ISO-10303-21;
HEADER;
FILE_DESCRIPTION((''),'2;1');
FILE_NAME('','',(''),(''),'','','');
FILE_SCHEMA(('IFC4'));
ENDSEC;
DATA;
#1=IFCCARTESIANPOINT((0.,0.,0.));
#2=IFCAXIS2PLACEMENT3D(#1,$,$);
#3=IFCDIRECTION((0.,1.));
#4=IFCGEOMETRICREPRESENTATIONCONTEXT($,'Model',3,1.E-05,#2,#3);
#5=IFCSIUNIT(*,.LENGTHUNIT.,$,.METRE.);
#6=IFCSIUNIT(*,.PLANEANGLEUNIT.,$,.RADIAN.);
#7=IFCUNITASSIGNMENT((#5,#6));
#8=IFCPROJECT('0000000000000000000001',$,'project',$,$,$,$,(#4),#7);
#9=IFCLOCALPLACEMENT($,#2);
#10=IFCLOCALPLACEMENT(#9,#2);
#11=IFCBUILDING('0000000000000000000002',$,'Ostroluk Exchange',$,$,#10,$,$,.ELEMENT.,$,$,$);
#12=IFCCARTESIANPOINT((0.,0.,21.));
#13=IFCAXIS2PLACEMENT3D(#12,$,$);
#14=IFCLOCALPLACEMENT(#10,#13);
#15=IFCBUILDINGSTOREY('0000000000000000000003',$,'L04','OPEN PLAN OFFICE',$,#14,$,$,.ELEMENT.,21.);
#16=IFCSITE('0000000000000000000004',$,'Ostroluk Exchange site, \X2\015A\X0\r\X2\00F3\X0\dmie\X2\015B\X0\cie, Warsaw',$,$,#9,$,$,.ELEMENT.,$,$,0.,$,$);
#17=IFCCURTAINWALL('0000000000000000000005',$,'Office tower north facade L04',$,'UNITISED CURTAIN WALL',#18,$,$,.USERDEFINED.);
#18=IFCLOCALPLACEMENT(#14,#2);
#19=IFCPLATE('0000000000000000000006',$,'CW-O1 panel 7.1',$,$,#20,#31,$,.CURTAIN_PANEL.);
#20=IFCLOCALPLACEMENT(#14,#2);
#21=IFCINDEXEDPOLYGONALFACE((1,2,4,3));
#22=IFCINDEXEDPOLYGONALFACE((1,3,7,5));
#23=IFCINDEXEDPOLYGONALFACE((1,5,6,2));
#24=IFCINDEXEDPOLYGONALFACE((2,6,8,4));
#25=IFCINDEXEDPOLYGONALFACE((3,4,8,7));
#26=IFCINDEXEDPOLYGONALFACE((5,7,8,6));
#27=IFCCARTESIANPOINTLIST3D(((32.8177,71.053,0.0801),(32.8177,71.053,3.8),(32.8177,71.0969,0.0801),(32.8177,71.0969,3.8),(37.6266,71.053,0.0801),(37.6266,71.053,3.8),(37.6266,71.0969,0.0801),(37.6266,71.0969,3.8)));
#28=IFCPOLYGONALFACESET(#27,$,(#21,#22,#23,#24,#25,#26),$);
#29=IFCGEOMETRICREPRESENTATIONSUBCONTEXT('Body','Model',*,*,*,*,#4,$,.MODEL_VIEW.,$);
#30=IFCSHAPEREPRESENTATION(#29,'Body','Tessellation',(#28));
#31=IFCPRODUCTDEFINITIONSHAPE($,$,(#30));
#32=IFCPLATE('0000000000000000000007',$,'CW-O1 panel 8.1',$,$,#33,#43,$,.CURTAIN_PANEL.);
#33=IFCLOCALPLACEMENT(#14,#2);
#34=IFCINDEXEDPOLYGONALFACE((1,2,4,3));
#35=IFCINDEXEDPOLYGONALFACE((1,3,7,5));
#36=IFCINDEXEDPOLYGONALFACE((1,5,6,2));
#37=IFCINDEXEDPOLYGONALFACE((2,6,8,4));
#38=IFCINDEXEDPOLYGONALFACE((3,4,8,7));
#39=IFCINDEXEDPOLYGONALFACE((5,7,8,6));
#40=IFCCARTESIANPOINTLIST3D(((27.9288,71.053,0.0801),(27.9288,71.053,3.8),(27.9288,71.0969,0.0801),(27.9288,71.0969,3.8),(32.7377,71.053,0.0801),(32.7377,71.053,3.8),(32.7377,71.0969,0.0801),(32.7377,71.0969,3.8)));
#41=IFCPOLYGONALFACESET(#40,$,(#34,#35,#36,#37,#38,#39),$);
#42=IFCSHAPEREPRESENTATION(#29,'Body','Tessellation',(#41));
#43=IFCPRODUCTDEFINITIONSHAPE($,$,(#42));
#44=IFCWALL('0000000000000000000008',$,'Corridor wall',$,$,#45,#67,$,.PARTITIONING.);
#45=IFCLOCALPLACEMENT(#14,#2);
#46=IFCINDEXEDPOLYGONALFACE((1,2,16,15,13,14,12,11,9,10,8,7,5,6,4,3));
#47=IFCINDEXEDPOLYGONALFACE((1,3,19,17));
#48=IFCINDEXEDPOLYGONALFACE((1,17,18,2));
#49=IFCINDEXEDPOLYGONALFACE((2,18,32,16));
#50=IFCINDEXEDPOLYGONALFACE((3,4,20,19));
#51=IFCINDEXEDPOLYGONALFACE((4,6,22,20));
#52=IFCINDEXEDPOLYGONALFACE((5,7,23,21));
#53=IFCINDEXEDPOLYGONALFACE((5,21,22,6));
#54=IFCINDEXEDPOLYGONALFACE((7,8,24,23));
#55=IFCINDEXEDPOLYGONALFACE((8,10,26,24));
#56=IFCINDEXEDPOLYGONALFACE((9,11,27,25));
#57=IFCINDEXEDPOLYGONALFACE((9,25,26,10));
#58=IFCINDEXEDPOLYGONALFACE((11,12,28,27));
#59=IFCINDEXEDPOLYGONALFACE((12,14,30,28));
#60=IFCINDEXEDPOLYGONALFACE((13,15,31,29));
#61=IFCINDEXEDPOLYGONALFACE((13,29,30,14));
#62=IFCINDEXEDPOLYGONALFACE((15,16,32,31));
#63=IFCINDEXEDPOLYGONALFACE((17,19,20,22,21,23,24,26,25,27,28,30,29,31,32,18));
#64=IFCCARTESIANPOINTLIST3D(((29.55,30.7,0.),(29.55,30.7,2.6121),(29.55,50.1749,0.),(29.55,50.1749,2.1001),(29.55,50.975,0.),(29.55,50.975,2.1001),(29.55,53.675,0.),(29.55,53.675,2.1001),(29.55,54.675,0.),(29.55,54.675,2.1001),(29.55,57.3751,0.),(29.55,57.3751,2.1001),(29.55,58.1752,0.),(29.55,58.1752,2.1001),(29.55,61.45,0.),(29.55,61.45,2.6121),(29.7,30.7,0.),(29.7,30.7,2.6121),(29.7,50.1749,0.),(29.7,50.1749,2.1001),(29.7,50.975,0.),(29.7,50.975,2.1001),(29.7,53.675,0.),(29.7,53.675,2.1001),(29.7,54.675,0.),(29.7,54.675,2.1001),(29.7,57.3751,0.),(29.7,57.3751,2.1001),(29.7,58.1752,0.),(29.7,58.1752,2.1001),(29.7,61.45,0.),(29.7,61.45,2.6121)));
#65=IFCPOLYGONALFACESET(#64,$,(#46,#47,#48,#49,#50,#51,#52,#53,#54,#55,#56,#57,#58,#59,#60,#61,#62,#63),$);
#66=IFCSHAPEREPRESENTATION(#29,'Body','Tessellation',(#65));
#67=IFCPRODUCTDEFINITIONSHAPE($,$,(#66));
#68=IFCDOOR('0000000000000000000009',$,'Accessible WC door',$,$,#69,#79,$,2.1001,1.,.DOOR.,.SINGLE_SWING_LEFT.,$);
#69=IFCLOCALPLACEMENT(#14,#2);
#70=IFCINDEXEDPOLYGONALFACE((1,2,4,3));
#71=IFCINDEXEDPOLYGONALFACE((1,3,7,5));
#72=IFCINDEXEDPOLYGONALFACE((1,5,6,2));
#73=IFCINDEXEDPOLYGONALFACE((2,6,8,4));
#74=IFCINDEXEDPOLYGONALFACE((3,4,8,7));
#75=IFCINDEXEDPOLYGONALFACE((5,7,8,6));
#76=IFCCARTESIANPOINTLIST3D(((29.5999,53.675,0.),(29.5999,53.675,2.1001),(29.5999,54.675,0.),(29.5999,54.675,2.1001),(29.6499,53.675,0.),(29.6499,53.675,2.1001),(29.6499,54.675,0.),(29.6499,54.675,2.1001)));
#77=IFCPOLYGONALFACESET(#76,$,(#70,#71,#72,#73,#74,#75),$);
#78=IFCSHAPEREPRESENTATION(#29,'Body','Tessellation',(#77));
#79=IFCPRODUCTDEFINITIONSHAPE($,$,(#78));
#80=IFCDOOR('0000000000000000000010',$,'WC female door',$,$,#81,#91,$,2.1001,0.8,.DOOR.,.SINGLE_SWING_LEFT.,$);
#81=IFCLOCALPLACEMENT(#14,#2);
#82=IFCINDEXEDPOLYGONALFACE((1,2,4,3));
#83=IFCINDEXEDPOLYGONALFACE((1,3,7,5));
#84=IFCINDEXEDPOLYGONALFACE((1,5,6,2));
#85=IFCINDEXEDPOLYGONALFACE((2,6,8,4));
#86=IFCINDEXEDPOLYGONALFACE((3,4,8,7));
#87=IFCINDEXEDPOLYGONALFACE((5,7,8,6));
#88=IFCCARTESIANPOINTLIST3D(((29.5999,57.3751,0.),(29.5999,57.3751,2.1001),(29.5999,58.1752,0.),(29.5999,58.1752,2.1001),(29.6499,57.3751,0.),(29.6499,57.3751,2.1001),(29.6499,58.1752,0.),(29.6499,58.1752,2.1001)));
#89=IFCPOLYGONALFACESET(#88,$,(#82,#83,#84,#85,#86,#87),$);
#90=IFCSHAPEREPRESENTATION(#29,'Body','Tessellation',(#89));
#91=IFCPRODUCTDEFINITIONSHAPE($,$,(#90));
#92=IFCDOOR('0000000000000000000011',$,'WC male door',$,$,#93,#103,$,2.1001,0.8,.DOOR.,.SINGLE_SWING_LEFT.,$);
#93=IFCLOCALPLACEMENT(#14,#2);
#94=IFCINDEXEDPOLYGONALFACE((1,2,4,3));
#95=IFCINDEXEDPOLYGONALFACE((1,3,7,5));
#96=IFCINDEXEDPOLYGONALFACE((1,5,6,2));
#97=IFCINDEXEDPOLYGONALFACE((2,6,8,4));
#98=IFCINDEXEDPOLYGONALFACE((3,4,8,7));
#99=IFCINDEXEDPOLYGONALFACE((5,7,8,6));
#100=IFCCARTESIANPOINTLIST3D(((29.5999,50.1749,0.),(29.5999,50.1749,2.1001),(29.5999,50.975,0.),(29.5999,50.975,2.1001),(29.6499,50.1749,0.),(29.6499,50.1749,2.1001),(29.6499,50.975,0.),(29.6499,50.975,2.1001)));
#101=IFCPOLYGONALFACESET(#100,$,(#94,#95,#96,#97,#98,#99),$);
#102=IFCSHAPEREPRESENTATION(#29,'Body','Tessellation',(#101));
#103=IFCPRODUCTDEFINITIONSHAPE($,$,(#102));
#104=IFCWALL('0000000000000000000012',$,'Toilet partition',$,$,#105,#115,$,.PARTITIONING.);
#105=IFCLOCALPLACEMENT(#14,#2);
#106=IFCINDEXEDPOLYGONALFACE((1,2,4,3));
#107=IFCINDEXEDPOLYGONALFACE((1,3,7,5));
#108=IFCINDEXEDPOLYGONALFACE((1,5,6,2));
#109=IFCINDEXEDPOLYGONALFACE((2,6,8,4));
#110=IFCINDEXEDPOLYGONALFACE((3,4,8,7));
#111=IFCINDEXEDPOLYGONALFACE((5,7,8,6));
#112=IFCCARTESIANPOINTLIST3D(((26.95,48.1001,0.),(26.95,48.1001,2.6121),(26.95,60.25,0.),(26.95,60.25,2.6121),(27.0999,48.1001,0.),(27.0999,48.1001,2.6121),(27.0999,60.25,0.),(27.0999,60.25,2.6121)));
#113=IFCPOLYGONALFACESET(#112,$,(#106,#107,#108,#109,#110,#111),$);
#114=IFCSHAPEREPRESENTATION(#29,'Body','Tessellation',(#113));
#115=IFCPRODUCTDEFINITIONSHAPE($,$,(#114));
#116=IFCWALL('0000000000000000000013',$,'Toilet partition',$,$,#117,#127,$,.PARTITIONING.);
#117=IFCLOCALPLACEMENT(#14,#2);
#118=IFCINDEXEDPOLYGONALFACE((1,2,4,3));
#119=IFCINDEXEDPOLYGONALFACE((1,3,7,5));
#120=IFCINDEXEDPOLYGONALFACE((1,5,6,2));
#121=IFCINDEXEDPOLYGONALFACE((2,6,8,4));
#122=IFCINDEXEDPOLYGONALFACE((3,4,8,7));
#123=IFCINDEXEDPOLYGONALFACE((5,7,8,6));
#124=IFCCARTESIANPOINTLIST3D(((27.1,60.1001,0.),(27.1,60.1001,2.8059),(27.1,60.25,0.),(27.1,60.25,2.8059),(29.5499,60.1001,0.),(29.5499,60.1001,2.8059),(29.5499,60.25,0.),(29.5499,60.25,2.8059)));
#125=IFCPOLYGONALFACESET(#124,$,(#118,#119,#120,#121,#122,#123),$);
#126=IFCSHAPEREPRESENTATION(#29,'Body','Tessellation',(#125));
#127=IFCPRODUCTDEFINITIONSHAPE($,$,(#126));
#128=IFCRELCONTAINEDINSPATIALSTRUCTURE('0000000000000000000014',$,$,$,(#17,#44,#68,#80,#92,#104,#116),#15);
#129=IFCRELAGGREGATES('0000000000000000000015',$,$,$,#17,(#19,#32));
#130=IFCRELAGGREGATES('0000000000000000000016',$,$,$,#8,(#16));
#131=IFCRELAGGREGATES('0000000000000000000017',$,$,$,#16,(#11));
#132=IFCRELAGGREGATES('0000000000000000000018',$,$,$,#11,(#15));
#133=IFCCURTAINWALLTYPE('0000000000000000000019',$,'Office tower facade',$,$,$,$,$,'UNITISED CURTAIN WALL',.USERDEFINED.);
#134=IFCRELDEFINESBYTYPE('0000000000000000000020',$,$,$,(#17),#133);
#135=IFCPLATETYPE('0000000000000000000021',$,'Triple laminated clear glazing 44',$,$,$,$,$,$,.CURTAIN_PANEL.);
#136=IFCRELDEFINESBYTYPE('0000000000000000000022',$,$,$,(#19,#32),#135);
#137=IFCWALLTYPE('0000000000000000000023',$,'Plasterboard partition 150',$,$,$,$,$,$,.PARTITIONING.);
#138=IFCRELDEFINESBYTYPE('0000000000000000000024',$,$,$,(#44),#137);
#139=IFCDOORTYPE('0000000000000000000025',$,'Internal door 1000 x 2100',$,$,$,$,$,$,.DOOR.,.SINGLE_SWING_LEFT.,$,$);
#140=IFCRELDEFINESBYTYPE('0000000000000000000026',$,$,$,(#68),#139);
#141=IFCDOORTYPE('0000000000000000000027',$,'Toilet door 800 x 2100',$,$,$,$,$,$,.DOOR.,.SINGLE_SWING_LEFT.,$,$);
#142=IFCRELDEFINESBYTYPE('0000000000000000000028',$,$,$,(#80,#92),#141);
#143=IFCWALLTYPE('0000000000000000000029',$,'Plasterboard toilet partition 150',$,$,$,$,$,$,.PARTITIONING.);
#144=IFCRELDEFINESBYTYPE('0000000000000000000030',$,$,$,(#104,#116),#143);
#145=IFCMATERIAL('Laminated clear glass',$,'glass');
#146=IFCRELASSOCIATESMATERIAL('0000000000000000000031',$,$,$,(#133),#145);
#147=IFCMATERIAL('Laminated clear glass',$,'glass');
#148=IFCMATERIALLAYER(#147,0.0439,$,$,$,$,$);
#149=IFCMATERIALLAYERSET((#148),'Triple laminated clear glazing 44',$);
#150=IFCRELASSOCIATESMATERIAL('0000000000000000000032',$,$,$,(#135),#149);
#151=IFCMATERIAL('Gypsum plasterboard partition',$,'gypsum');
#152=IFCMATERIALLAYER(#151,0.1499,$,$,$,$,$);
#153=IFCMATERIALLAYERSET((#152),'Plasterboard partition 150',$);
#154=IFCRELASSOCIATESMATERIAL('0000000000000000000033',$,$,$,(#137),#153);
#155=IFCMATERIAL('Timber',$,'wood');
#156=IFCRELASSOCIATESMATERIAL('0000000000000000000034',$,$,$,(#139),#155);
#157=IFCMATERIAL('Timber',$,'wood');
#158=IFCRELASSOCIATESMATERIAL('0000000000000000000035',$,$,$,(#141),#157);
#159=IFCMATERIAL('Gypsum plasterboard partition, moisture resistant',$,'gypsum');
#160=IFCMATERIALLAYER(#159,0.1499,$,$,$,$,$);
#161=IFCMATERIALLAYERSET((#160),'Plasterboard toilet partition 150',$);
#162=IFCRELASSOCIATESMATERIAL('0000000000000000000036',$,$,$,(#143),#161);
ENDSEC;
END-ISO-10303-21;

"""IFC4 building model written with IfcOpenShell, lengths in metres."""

from ifc_helpers import new_model, si_unit, direction, frame, frame_2d, origin, origin_2d, place, context, subcontext, project, spatial, rectangle, extrude, material, layer, layer_set, type_object, element, fill, aggregate, save


model = new_model("IFC4")

# Units and contexts
model_context = context("Model", 3, precision=1e-05, world=origin(), true_north=direction((0.0, 1.0)))
body_context = subcontext(model_context, "Body", "Model", "MODEL_VIEW")
ifc_project = project(units=[si_unit("LENGTHUNIT", "METRE"), si_unit("PLANEANGLEUNIT", "RADIAN")], contexts=[model_context])

# Site, building, storey
site_placement = place(None, origin())
site = spatial("IfcSite", under=ifc_project, at=site_placement, Name="Ostroluk Exchange site, Śródmieście, Warsaw", CompositionType="ELEMENT", RefElevation=0.0)
building_placement = place(site_placement, origin())
building = spatial("IfcBuilding", under=site, at=building_placement, Name="Ostroluk Exchange", CompositionType="ELEMENT")
storey_placement = place(building_placement, frame((0.0, 0.0, 21.0)))
storey = spatial("IfcBuildingStorey", under=building, at=storey_placement, Name="L04", Description="OPEN PLAN OFFICE", CompositionType="ELEMENT", Elevation=21.0)

# Curtain wall, plates
ifc_material_1 = material(Name="Laminated clear glass", Category="glass")
curtain_wall_type = type_object("IfcCurtainWallType", Name="Office tower facade", ElementType="UNITISED CURTAIN WALL", PredefinedType="USERDEFINED", material=ifc_material_1)
curtain_wall_placement = place(storey_placement, origin())
curtain_wall = element("IfcCurtainWall", 1, at=curtain_wall_placement, inside=storey, type_object=curtain_wall_type, Name="Office tower north facade L04", ObjectType="UNITISED CURTAIN WALL", PredefinedType="USERDEFINED")
ifc_material_2 = material(Name="Laminated clear glass", Category="glass")
ifc_layer_1 = layer(ifc_material_2, 0.0439)
ifc_layer_set_1 = layer_set([ifc_layer_1], Name="Triple laminated clear glazing 44")
plate_type = type_object("IfcPlateType", Name="Triple laminated clear glazing 44", PredefinedType="CURTAIN_PANEL", material=ifc_layer_set_1)
plate_1_placement = place(storey_placement, frame((35.2222, 71.075, 0.0801), z_axis=(0.0, 0.0, 1.0), x_axis=(-1.0, 0.0, 0.0)))
plate_1 = element("IfcPlate", 2, at=plate_1_placement, type_object=plate_type, Name="CW-O1 panel 7.1", PredefinedType="CURTAIN_PANEL", context=body_context, shape_type="SweptSolid", body=[
    extrude(rectangle(XDim=4.8088, YDim=0.0439, at=origin_2d()), origin(), (0.0, 0.0, 1.0), 3.72),
])
plate_2_placement = place(storey_placement, frame((30.3333, 71.075, 0.0801), z_axis=(0.0, 0.0, 1.0), x_axis=(-1.0, 0.0, 0.0)))
plate_2 = element("IfcPlate", 3, at=plate_2_placement, type_object=plate_type, Name="CW-O1 panel 8.1", PredefinedType="CURTAIN_PANEL", context=body_context, shape_type="SweptSolid", body=[
    extrude(rectangle(XDim=4.8088, YDim=0.0439, at=origin_2d()), origin(), (0.0, 0.0, 1.0), 3.72),
])
aggregate(curtain_wall, [plate_1, plate_2])

# Wall, openings, doors
ifc_material_3 = material(Name="Gypsum plasterboard partition", Category="gypsum")
ifc_layer_2 = layer(ifc_material_3, 0.1499)
ifc_layer_set_2 = layer_set([ifc_layer_2], Name="Plasterboard partition 150")
wall_type_1 = type_object("IfcWallType", Name="Plasterboard partition 150", PredefinedType="PARTITIONING", material=ifc_layer_set_2)
wall_1_placement = place(storey_placement, frame((29.625, 61.45, 0.0), z_axis=(0.0, 0.0, 1.0), x_axis=(0.0, -1.0, 0.0)))
wall_1 = element("IfcWall", 4, at=wall_1_placement, inside=storey, type_object=wall_type_1, Name="Corridor wall", PredefinedType="PARTITIONING", context=body_context, shape_type="SweptSolid", body=[
    extrude(rectangle(XDim=30.75, YDim=0.1499, at=frame_2d((15.375, 0.0))), origin(), (0.0, 0.0, 1.0), 2.6121),
])
opening_1_placement = place(wall_1_placement, frame((3.2749, 0.0, 0.0)))
opening_1 = element("IfcOpeningElement", 5, at=opening_1_placement, cuts=wall_1, PredefinedType="OPENING", context=body_context, shape_type="SweptSolid", body=[
    extrude(rectangle(XDim=0.8, YDim=2.1001, at=frame_2d((0.3999, 1.05))), frame((0.0, 0.085, 0.0), z_axis=(0.0, -1.0, 0.0), x_axis=(1.0, 0.0, 0.0)), (0.0, 0.0, 1.0), 0.1699),
])
opening_2_placement = place(wall_1_placement, frame((6.7749, 0.0, 0.0)))
opening_2 = element("IfcOpeningElement", 6, at=opening_2_placement, cuts=wall_1, PredefinedType="OPENING", context=body_context, shape_type="SweptSolid", body=[
    extrude(rectangle(XDim=1.0, YDim=2.1001, at=frame_2d((0.5, 1.05))), frame((0.0, 0.085, 0.0), z_axis=(0.0, -1.0, 0.0), x_axis=(1.0, 0.0, 0.0)), (0.0, 0.0, 1.0), 0.1699),
])
opening_3_placement = place(wall_1_placement, frame((10.4751, 0.0, 0.0)))
opening_3 = element("IfcOpeningElement", 7, at=opening_3_placement, cuts=wall_1, PredefinedType="OPENING", context=body_context, shape_type="SweptSolid", body=[
    extrude(rectangle(XDim=0.8, YDim=2.1001, at=frame_2d((0.3999, 1.05))), frame((0.0, 0.085, 0.0), z_axis=(0.0, -1.0, 0.0), x_axis=(1.0, 0.0, 0.0)), (0.0, 0.0, 1.0), 0.1699),
])
ifc_material_4 = material(Name="Timber", Category="wood")
door_type_1 = type_object("IfcDoorType", Name="Internal door 1000 x 2100", OperationType="SINGLE_SWING_LEFT", PredefinedType="DOOR", material=ifc_material_4)
door_1_placement = place(opening_2_placement, origin())
door_1 = element("IfcDoor", 8, at=door_1_placement, inside=storey, type_object=door_type_1, Name="Accessible WC door", OperationType="SINGLE_SWING_LEFT", OverallHeight=2.1001, OverallWidth=1.0, PredefinedType="DOOR", context=body_context, shape_type="SweptSolid", body=[
    extrude(rectangle(XDim=1.0, YDim=2.1001, at=frame_2d((0.5, 1.05))), frame((0.0, 0.0249, 0.0), z_axis=(0.0, -1.0, 0.0), x_axis=(1.0, 0.0, 0.0)), (0.0, 0.0, 1.0), 0.05),
])
fill(opening_2, door_1)
ifc_material_5 = material(Name="Timber", Category="wood")
door_type_2 = type_object("IfcDoorType", Name="Toilet door 800 x 2100", OperationType="SINGLE_SWING_LEFT", PredefinedType="DOOR", material=ifc_material_5)
door_2_placement = place(opening_1_placement, origin())
door_2 = element("IfcDoor", 9, at=door_2_placement, inside=storey, type_object=door_type_2, Name="WC female door", OperationType="SINGLE_SWING_LEFT", OverallHeight=2.1001, OverallWidth=0.8, PredefinedType="DOOR", context=body_context, shape_type="SweptSolid", body=[
    extrude(rectangle(XDim=0.8, YDim=2.1001, at=frame_2d((0.3999, 1.05))), frame((0.0, 0.0249, 0.0), z_axis=(0.0, -1.0, 0.0), x_axis=(1.0, 0.0, 0.0)), (0.0, 0.0, 1.0), 0.05),
])
fill(opening_1, door_2)
door_3_placement = place(opening_3_placement, origin())
door_3 = element("IfcDoor", 10, at=door_3_placement, inside=storey, type_object=door_type_2, Name="WC male door", OperationType="SINGLE_SWING_LEFT", OverallHeight=2.1001, OverallWidth=0.8, PredefinedType="DOOR", context=body_context, shape_type="SweptSolid", body=[
    extrude(rectangle(XDim=0.8, YDim=2.1001, at=frame_2d((0.3999, 1.05))), frame((0.0, 0.0249, 0.0), z_axis=(0.0, -1.0, 0.0), x_axis=(1.0, 0.0, 0.0)), (0.0, 0.0, 1.0), 0.05),
])
fill(opening_3, door_3)

# Walls
ifc_material_6 = material(Name="Gypsum plasterboard partition, moisture resistant", Category="gypsum")
ifc_layer_3 = layer(ifc_material_6, 0.1499)
ifc_layer_set_3 = layer_set([ifc_layer_3], Name="Plasterboard toilet partition 150")
wall_type_2 = type_object("IfcWallType", Name="Plasterboard toilet partition 150", PredefinedType="PARTITIONING", material=ifc_layer_set_3)
wall_2_placement = place(storey_placement, frame((27.0249, 60.25, 0.0), z_axis=(0.0, 0.0, 1.0), x_axis=(0.0, -1.0, 0.0)))
element("IfcWall", 11, at=wall_2_placement, inside=storey, type_object=wall_type_2, Name="Toilet partition", PredefinedType="PARTITIONING", context=body_context, shape_type="SweptSolid", body=[
    extrude(rectangle(XDim=12.1499, YDim=0.1499, at=frame_2d((6.075, 0.0))), origin(), (0.0, 0.0, 1.0), 2.6121),
])
wall_3_placement = place(storey_placement, frame((29.55, 60.175, 0.0), z_axis=(0.0, 0.0, 1.0), x_axis=(-1.0, 0.0, 0.0)))
element("IfcWall", 12, at=wall_3_placement, inside=storey, type_object=wall_type_2, Name="Toilet partition", PredefinedType="PARTITIONING", context=body_context, shape_type="SweptSolid", body=[
    extrude(rectangle(XDim=2.45, YDim=0.1499, at=frame_2d((1.2251, 0.0))), origin(), (0.0, 0.0, 1.0), 2.8059),
])

save(model, "model.ifc")
